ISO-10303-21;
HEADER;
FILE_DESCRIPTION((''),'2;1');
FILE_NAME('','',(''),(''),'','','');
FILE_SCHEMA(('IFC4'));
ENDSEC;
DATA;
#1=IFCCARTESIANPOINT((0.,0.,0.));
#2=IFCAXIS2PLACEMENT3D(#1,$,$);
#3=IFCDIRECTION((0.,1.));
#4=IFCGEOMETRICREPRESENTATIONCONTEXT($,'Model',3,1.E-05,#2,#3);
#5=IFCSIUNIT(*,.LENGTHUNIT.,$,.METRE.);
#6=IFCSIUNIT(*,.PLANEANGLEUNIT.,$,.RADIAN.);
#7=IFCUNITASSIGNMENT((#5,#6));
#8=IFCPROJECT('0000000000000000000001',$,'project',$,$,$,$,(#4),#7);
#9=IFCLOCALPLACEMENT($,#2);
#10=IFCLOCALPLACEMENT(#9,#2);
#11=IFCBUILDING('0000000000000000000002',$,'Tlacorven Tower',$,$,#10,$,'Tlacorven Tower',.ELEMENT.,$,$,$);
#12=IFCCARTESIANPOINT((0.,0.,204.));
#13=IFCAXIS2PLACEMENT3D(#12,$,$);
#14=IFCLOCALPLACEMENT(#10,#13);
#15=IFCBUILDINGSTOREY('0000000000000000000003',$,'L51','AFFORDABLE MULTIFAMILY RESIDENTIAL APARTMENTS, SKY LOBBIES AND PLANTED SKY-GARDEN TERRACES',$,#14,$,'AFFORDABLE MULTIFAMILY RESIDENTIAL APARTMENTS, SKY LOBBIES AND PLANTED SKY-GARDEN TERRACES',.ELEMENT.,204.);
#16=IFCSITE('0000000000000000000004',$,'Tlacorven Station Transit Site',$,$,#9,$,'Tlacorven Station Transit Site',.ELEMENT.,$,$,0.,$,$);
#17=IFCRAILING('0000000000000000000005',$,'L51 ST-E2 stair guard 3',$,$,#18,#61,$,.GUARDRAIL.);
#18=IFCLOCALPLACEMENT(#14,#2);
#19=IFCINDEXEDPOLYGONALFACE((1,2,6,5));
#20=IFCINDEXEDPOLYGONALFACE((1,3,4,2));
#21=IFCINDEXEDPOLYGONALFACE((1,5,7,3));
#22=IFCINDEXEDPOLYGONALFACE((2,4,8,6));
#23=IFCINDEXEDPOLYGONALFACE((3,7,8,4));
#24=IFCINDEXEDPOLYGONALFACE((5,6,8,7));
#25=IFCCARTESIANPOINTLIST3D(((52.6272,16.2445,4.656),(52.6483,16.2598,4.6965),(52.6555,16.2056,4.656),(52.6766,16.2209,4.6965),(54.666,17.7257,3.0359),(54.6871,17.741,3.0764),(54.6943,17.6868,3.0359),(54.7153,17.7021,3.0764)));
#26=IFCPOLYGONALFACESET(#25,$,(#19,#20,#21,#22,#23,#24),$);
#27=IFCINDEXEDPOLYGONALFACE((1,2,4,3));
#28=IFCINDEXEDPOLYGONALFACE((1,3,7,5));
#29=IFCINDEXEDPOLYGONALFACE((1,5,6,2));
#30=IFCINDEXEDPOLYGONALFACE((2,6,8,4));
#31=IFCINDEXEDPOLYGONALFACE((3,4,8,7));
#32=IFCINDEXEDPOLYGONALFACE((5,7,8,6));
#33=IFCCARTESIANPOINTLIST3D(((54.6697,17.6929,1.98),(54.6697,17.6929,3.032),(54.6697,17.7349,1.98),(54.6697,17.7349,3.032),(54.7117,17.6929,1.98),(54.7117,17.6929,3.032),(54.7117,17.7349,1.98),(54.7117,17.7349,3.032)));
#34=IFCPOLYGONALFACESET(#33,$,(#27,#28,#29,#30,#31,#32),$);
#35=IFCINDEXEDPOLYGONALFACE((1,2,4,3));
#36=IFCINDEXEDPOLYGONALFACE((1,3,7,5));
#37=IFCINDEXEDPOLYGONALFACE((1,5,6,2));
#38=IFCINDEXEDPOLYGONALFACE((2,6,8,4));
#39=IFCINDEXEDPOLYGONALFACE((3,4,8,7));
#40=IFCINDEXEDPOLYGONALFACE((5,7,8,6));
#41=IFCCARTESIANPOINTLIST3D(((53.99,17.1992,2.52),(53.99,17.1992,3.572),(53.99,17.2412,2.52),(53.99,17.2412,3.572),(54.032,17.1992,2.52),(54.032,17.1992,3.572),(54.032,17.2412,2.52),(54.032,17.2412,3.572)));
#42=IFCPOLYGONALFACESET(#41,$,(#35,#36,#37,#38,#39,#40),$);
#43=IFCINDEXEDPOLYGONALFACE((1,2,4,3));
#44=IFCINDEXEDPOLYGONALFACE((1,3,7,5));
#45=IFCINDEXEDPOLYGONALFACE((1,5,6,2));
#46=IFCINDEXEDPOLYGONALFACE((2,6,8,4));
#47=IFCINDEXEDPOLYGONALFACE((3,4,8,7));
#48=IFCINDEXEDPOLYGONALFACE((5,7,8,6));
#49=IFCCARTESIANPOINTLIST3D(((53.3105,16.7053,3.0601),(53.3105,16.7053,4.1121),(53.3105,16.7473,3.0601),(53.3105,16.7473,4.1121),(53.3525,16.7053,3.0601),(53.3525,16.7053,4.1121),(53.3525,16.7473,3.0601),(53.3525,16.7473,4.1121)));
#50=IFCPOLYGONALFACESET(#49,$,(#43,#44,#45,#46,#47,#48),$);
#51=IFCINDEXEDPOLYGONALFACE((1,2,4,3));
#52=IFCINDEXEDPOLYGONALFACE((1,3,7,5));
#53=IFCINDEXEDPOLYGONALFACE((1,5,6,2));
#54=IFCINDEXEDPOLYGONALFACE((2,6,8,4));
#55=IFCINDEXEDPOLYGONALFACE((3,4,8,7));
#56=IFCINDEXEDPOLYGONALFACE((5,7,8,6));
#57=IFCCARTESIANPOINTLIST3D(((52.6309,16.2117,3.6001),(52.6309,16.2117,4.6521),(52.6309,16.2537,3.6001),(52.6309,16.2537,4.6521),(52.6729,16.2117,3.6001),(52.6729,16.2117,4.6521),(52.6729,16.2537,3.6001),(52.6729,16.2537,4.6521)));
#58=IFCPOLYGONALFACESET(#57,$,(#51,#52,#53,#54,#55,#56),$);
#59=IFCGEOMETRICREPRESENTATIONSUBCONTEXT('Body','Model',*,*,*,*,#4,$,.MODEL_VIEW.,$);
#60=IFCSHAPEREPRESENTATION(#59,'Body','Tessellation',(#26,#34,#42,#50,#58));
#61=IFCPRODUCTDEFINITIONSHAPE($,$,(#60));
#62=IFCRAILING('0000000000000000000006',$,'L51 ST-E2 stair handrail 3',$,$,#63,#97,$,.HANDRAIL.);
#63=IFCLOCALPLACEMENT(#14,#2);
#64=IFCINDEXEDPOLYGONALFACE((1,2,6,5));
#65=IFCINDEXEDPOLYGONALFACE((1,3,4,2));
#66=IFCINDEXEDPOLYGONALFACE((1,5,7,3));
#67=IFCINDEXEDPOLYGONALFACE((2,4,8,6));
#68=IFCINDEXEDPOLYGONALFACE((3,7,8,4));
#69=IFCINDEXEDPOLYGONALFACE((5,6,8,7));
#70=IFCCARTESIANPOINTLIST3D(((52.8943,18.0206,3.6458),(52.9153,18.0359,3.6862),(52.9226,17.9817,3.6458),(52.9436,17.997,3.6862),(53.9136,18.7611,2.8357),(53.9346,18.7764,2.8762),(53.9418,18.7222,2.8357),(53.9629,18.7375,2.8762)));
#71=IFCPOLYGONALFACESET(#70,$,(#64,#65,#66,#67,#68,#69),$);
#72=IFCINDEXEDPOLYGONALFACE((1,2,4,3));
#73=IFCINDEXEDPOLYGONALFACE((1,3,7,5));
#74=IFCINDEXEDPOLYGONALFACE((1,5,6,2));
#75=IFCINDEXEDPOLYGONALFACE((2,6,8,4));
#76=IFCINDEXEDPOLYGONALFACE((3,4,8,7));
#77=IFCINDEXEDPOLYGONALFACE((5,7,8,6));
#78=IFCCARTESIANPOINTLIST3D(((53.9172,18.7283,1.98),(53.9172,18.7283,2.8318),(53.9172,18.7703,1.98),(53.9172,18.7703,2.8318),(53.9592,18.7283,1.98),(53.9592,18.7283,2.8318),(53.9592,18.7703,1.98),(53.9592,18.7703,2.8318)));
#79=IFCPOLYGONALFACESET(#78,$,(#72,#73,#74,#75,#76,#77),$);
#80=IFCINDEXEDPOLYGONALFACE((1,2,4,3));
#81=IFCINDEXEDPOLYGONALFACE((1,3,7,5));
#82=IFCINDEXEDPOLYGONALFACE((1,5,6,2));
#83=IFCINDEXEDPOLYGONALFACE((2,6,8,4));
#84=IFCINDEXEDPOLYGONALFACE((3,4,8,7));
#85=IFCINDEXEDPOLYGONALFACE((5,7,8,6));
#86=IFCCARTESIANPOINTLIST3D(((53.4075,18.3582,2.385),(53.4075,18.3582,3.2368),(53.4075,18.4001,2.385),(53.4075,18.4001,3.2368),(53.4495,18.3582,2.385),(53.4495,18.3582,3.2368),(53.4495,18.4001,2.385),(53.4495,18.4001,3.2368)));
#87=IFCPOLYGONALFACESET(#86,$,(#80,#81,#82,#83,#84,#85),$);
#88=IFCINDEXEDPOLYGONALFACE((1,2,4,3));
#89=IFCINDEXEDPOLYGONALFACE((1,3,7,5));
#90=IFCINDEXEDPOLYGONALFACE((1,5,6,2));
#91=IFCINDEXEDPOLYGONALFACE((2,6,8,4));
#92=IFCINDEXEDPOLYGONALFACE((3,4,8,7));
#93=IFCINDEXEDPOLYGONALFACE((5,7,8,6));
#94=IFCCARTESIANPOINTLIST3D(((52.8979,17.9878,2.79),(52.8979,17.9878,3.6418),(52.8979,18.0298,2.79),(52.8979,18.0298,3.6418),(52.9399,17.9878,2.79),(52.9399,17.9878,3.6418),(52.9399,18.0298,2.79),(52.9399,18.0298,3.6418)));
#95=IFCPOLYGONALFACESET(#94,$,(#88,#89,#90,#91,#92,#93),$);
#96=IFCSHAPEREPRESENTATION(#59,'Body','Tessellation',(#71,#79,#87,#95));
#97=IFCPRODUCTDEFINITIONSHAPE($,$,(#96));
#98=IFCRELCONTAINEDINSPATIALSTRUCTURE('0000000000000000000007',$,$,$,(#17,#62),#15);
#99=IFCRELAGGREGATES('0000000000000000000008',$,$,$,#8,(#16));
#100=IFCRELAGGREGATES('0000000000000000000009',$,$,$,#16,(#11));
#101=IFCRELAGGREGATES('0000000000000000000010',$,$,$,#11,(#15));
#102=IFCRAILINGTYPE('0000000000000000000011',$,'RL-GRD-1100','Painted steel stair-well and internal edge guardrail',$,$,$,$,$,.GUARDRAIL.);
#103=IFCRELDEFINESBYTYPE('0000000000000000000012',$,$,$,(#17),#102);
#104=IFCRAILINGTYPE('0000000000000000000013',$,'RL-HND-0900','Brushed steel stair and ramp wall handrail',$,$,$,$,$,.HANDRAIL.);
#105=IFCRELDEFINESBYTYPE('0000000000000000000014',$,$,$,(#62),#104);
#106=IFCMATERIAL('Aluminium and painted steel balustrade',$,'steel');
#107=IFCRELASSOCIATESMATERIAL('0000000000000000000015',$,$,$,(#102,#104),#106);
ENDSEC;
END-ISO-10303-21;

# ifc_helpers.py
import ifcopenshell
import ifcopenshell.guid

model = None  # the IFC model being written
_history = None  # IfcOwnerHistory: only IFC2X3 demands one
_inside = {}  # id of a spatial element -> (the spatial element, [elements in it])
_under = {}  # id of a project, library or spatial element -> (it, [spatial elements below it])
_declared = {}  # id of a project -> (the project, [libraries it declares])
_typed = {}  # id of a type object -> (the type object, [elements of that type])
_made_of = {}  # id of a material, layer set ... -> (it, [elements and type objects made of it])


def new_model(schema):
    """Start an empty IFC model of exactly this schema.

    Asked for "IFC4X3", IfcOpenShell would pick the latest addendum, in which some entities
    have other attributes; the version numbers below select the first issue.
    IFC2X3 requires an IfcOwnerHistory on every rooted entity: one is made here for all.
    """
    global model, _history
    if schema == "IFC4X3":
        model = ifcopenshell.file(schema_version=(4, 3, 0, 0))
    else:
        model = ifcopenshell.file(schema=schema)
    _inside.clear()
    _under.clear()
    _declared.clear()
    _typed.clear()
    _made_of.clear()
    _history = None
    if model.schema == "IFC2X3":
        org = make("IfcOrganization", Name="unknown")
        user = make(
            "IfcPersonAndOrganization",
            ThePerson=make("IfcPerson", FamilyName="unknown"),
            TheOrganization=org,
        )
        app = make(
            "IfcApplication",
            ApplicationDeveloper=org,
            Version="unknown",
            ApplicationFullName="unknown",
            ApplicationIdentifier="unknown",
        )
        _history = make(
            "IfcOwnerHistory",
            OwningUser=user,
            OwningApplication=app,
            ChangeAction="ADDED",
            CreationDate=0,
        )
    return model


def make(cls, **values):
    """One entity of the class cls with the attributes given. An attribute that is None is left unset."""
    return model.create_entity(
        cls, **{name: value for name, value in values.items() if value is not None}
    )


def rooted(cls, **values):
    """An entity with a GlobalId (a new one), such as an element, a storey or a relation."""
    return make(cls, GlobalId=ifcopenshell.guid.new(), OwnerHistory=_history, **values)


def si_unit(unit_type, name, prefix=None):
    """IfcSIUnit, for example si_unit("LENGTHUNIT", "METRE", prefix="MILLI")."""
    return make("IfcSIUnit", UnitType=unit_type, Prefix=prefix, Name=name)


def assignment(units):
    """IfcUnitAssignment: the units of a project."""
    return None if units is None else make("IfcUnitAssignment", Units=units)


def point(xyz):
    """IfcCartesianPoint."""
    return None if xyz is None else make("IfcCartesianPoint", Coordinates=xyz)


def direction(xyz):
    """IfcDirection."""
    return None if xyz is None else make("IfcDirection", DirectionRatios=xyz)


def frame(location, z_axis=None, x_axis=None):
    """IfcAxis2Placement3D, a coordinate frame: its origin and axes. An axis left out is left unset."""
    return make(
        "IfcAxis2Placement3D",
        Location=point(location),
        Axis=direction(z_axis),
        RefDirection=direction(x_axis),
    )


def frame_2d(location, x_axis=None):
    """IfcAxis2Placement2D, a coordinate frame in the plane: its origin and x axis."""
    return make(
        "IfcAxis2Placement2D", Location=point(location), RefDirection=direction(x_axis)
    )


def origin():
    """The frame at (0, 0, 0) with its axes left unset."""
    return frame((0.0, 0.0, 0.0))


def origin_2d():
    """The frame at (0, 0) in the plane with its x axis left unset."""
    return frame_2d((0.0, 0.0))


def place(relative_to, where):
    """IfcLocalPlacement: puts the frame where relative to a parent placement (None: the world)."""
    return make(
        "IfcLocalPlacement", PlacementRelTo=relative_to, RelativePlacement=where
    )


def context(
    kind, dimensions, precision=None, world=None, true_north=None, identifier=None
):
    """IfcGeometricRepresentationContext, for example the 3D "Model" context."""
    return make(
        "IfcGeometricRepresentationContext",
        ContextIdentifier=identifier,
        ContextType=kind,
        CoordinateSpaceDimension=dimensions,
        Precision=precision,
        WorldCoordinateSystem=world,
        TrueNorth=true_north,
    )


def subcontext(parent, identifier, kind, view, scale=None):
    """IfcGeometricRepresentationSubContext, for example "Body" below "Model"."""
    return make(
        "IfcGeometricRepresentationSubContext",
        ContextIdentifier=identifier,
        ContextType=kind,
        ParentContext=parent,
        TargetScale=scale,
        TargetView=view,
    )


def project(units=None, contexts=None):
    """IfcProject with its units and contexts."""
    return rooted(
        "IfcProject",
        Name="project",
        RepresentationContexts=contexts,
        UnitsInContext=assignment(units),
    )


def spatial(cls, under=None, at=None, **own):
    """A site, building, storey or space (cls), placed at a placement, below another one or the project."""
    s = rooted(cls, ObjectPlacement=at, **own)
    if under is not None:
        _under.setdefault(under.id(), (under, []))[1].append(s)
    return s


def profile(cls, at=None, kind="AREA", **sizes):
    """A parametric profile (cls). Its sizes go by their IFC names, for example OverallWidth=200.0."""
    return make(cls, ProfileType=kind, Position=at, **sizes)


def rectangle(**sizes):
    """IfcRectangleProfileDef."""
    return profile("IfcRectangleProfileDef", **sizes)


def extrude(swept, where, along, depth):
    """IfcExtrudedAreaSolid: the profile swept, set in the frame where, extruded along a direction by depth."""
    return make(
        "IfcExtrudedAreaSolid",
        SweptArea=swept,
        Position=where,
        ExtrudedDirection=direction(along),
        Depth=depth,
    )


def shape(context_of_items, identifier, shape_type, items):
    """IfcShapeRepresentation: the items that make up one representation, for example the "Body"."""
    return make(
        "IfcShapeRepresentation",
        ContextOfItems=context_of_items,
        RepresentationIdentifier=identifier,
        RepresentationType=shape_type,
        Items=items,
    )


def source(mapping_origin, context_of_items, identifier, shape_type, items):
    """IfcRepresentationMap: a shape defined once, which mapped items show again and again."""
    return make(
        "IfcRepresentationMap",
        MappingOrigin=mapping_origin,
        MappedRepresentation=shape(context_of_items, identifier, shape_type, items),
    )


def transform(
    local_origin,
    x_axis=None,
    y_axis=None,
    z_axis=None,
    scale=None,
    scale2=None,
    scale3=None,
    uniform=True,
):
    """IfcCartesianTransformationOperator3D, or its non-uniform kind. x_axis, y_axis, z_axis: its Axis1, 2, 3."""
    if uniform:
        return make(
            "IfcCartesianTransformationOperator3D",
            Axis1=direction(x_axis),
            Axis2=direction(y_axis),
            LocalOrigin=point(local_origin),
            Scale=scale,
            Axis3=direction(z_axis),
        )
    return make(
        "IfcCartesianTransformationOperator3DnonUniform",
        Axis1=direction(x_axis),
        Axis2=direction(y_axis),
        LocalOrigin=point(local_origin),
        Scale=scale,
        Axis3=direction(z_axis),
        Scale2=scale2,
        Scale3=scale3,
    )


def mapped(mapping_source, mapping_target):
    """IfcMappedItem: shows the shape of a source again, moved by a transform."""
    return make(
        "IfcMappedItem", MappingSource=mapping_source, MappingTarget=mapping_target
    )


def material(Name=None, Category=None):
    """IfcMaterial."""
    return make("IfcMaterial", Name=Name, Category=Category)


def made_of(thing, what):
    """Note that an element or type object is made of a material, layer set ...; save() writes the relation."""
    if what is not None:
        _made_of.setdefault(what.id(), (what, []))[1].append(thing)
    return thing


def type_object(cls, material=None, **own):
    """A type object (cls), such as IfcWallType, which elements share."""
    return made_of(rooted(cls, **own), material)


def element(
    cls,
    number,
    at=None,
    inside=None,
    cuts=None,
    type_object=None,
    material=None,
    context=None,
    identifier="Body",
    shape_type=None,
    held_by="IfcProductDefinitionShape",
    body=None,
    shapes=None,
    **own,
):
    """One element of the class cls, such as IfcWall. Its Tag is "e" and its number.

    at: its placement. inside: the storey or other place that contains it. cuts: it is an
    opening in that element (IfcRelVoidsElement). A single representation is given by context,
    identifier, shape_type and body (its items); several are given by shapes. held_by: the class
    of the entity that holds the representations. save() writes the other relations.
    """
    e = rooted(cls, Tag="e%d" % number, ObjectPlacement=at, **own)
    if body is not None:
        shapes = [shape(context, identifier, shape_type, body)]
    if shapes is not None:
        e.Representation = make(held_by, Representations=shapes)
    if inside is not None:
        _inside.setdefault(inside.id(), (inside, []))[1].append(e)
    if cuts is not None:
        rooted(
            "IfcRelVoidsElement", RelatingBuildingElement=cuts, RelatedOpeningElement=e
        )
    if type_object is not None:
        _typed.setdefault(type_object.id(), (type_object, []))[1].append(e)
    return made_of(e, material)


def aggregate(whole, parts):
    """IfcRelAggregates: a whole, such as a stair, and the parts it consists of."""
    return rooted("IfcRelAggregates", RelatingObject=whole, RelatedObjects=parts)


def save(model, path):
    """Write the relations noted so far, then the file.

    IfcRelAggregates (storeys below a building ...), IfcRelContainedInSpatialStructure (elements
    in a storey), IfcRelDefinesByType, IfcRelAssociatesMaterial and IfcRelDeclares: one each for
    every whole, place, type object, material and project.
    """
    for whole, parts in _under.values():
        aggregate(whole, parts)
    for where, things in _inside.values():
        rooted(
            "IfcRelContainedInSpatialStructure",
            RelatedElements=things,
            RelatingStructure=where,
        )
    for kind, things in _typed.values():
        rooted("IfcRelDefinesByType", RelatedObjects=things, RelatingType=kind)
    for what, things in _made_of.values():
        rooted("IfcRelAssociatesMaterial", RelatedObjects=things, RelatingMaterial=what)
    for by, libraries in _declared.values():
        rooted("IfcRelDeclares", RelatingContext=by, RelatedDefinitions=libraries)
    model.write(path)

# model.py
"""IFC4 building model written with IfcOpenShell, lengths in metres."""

from ifc_helpers import new_model, si_unit, direction, frame, origin, origin_2d, place, context, subcontext, project, spatial, rectangle, extrude, source, transform, mapped, material, type_object, element, save


model = new_model("IFC4")

# Units and contexts
model_context = context("Model", 3, precision=1e-05, world=origin(), true_north=direction((0.0, 1.0)))
body_context = subcontext(model_context, "Body", "Model", "MODEL_VIEW")
ifc_project = project(units=[si_unit("LENGTHUNIT", "METRE"), si_unit("PLANEANGLEUNIT", "RADIAN")], contexts=[model_context])

# Site, building, storey
site_placement = place(None, origin())
site = spatial("IfcSite", under=ifc_project, at=site_placement, Name="Tlacorven Station Transit Site", LongName="Tlacorven Station Transit Site", CompositionType="ELEMENT", RefElevation=0.0)
building_placement = place(site_placement, origin())
building = spatial("IfcBuilding", under=site, at=building_placement, Name="Tlacorven Tower", LongName="Tlacorven Tower", CompositionType="ELEMENT")
storey_placement = place(building_placement, frame((0.0, 0.0, 204.0)))
storey = spatial("IfcBuildingStorey", under=building, at=storey_placement, Name="L51", Description="AFFORDABLE MULTIFAMILY RESIDENTIAL APARTMENTS, SKY LOBBIES AND PLANTED SKY-GARDEN TERRACES", LongName="AFFORDABLE MULTIFAMILY RESIDENTIAL APARTMENTS, SKY LOBBIES AND PLANTED SKY-GARDEN TERRACES", CompositionType="ELEMENT", Elevation=204.0)

# Railings
ifc_material_1 = material(Name="Aluminium and painted steel balustrade", Category="steel")
railing_type_1 = type_object("IfcRailingType", Name="RL-GRD-1100", Description="Painted steel stair-well and internal edge guardrail", PredefinedType="GUARDRAIL", material=ifc_material_1)
railing_type_2 = type_object("IfcRailingType", Name="RL-HND-0900", Description="Brushed steel stair and ramp wall handrail", PredefinedType="HANDRAIL", material=ifc_material_1)
shared_shape_1 = source(origin(), body_context, "Body", "SweptSolid", [
    extrude(rectangle(XDim=0.0481, YDim=0.0481, at=origin_2d()), frame((0.0, 0.0, 1.0762), z_axis=(-0.680532, -0.494407, 0.540775), x_axis=(0.587763, -0.809033, 0.0)), (0.0, 0.0, 1.0), 2.9958),
    extrude(rectangle(XDim=0.042, YDim=0.042, at=origin_2d()), origin(), (0.0, 0.0, 1.0), 1.052),
    extrude(rectangle(XDim=0.042, YDim=0.042, at=origin_2d()), frame((-0.6797, -0.4937, 0.54)), (0.0, 0.0, 1.0), 1.052),
    extrude(rectangle(XDim=0.042, YDim=0.042, at=origin_2d()), frame((-1.3591, -0.9875, 1.0801)), (0.0, 0.0, 1.0), 1.052),
    extrude(rectangle(XDim=0.042, YDim=0.042, at=origin_2d()), frame((-2.0388, -1.4812, 1.6201)), (0.0, 0.0, 1.0), 1.052),
])
railing_1_placement = place(storey_placement, frame((54.6907, 17.7139, 1.98)))
element("IfcRailing", 1, at=railing_1_placement, inside=storey, type_object=railing_type_1, Name="L51 ST-E2 stair guard 3", PredefinedType="GUARDRAIL", context=body_context, shape_type="MappedRepresentation", body=[
    mapped(shared_shape_1, transform((0.0, 0.0, 0.0), scale=1.0)),
])
shared_shape_2 = source(origin(), body_context, "Body", "SweptSolid", [
    extrude(rectangle(XDim=0.0481, YDim=0.0481, at=origin_2d()), frame((0.0, 0.0, 0.876), z_axis=(-0.680516, -0.494373, 0.540827), x_axis=(0.587745, -0.809046, 0.0)), (0.0, 0.0, 1.0), 1.4978),
    extrude(rectangle(XDim=0.042, YDim=0.042, at=origin_2d()), origin(), (0.0, 0.0, 1.0), 0.8518),
    extrude(rectangle(XDim=0.042, YDim=0.042, at=origin_2d()), frame((-0.5098, -0.3701, 0.405)), (0.0, 0.0, 1.0), 0.8518),
    extrude(rectangle(XDim=0.042, YDim=0.042, at=origin_2d()), frame((-1.0193, -0.7405, 0.8101)), (0.0, 0.0, 1.0), 0.8518),
])
railing_2_placement = place(storey_placement, frame((53.9382, 18.7493, 1.98)))
element("IfcRailing", 2, at=railing_2_placement, inside=storey, type_object=railing_type_2, Name="L51 ST-E2 stair handrail 3", PredefinedType="HANDRAIL", context=body_context, shape_type="MappedRepresentation", body=[
    mapped(shared_shape_2, transform((0.0, 0.0, 0.0), scale=1.0)),
])

save(model, "model.ifc")
